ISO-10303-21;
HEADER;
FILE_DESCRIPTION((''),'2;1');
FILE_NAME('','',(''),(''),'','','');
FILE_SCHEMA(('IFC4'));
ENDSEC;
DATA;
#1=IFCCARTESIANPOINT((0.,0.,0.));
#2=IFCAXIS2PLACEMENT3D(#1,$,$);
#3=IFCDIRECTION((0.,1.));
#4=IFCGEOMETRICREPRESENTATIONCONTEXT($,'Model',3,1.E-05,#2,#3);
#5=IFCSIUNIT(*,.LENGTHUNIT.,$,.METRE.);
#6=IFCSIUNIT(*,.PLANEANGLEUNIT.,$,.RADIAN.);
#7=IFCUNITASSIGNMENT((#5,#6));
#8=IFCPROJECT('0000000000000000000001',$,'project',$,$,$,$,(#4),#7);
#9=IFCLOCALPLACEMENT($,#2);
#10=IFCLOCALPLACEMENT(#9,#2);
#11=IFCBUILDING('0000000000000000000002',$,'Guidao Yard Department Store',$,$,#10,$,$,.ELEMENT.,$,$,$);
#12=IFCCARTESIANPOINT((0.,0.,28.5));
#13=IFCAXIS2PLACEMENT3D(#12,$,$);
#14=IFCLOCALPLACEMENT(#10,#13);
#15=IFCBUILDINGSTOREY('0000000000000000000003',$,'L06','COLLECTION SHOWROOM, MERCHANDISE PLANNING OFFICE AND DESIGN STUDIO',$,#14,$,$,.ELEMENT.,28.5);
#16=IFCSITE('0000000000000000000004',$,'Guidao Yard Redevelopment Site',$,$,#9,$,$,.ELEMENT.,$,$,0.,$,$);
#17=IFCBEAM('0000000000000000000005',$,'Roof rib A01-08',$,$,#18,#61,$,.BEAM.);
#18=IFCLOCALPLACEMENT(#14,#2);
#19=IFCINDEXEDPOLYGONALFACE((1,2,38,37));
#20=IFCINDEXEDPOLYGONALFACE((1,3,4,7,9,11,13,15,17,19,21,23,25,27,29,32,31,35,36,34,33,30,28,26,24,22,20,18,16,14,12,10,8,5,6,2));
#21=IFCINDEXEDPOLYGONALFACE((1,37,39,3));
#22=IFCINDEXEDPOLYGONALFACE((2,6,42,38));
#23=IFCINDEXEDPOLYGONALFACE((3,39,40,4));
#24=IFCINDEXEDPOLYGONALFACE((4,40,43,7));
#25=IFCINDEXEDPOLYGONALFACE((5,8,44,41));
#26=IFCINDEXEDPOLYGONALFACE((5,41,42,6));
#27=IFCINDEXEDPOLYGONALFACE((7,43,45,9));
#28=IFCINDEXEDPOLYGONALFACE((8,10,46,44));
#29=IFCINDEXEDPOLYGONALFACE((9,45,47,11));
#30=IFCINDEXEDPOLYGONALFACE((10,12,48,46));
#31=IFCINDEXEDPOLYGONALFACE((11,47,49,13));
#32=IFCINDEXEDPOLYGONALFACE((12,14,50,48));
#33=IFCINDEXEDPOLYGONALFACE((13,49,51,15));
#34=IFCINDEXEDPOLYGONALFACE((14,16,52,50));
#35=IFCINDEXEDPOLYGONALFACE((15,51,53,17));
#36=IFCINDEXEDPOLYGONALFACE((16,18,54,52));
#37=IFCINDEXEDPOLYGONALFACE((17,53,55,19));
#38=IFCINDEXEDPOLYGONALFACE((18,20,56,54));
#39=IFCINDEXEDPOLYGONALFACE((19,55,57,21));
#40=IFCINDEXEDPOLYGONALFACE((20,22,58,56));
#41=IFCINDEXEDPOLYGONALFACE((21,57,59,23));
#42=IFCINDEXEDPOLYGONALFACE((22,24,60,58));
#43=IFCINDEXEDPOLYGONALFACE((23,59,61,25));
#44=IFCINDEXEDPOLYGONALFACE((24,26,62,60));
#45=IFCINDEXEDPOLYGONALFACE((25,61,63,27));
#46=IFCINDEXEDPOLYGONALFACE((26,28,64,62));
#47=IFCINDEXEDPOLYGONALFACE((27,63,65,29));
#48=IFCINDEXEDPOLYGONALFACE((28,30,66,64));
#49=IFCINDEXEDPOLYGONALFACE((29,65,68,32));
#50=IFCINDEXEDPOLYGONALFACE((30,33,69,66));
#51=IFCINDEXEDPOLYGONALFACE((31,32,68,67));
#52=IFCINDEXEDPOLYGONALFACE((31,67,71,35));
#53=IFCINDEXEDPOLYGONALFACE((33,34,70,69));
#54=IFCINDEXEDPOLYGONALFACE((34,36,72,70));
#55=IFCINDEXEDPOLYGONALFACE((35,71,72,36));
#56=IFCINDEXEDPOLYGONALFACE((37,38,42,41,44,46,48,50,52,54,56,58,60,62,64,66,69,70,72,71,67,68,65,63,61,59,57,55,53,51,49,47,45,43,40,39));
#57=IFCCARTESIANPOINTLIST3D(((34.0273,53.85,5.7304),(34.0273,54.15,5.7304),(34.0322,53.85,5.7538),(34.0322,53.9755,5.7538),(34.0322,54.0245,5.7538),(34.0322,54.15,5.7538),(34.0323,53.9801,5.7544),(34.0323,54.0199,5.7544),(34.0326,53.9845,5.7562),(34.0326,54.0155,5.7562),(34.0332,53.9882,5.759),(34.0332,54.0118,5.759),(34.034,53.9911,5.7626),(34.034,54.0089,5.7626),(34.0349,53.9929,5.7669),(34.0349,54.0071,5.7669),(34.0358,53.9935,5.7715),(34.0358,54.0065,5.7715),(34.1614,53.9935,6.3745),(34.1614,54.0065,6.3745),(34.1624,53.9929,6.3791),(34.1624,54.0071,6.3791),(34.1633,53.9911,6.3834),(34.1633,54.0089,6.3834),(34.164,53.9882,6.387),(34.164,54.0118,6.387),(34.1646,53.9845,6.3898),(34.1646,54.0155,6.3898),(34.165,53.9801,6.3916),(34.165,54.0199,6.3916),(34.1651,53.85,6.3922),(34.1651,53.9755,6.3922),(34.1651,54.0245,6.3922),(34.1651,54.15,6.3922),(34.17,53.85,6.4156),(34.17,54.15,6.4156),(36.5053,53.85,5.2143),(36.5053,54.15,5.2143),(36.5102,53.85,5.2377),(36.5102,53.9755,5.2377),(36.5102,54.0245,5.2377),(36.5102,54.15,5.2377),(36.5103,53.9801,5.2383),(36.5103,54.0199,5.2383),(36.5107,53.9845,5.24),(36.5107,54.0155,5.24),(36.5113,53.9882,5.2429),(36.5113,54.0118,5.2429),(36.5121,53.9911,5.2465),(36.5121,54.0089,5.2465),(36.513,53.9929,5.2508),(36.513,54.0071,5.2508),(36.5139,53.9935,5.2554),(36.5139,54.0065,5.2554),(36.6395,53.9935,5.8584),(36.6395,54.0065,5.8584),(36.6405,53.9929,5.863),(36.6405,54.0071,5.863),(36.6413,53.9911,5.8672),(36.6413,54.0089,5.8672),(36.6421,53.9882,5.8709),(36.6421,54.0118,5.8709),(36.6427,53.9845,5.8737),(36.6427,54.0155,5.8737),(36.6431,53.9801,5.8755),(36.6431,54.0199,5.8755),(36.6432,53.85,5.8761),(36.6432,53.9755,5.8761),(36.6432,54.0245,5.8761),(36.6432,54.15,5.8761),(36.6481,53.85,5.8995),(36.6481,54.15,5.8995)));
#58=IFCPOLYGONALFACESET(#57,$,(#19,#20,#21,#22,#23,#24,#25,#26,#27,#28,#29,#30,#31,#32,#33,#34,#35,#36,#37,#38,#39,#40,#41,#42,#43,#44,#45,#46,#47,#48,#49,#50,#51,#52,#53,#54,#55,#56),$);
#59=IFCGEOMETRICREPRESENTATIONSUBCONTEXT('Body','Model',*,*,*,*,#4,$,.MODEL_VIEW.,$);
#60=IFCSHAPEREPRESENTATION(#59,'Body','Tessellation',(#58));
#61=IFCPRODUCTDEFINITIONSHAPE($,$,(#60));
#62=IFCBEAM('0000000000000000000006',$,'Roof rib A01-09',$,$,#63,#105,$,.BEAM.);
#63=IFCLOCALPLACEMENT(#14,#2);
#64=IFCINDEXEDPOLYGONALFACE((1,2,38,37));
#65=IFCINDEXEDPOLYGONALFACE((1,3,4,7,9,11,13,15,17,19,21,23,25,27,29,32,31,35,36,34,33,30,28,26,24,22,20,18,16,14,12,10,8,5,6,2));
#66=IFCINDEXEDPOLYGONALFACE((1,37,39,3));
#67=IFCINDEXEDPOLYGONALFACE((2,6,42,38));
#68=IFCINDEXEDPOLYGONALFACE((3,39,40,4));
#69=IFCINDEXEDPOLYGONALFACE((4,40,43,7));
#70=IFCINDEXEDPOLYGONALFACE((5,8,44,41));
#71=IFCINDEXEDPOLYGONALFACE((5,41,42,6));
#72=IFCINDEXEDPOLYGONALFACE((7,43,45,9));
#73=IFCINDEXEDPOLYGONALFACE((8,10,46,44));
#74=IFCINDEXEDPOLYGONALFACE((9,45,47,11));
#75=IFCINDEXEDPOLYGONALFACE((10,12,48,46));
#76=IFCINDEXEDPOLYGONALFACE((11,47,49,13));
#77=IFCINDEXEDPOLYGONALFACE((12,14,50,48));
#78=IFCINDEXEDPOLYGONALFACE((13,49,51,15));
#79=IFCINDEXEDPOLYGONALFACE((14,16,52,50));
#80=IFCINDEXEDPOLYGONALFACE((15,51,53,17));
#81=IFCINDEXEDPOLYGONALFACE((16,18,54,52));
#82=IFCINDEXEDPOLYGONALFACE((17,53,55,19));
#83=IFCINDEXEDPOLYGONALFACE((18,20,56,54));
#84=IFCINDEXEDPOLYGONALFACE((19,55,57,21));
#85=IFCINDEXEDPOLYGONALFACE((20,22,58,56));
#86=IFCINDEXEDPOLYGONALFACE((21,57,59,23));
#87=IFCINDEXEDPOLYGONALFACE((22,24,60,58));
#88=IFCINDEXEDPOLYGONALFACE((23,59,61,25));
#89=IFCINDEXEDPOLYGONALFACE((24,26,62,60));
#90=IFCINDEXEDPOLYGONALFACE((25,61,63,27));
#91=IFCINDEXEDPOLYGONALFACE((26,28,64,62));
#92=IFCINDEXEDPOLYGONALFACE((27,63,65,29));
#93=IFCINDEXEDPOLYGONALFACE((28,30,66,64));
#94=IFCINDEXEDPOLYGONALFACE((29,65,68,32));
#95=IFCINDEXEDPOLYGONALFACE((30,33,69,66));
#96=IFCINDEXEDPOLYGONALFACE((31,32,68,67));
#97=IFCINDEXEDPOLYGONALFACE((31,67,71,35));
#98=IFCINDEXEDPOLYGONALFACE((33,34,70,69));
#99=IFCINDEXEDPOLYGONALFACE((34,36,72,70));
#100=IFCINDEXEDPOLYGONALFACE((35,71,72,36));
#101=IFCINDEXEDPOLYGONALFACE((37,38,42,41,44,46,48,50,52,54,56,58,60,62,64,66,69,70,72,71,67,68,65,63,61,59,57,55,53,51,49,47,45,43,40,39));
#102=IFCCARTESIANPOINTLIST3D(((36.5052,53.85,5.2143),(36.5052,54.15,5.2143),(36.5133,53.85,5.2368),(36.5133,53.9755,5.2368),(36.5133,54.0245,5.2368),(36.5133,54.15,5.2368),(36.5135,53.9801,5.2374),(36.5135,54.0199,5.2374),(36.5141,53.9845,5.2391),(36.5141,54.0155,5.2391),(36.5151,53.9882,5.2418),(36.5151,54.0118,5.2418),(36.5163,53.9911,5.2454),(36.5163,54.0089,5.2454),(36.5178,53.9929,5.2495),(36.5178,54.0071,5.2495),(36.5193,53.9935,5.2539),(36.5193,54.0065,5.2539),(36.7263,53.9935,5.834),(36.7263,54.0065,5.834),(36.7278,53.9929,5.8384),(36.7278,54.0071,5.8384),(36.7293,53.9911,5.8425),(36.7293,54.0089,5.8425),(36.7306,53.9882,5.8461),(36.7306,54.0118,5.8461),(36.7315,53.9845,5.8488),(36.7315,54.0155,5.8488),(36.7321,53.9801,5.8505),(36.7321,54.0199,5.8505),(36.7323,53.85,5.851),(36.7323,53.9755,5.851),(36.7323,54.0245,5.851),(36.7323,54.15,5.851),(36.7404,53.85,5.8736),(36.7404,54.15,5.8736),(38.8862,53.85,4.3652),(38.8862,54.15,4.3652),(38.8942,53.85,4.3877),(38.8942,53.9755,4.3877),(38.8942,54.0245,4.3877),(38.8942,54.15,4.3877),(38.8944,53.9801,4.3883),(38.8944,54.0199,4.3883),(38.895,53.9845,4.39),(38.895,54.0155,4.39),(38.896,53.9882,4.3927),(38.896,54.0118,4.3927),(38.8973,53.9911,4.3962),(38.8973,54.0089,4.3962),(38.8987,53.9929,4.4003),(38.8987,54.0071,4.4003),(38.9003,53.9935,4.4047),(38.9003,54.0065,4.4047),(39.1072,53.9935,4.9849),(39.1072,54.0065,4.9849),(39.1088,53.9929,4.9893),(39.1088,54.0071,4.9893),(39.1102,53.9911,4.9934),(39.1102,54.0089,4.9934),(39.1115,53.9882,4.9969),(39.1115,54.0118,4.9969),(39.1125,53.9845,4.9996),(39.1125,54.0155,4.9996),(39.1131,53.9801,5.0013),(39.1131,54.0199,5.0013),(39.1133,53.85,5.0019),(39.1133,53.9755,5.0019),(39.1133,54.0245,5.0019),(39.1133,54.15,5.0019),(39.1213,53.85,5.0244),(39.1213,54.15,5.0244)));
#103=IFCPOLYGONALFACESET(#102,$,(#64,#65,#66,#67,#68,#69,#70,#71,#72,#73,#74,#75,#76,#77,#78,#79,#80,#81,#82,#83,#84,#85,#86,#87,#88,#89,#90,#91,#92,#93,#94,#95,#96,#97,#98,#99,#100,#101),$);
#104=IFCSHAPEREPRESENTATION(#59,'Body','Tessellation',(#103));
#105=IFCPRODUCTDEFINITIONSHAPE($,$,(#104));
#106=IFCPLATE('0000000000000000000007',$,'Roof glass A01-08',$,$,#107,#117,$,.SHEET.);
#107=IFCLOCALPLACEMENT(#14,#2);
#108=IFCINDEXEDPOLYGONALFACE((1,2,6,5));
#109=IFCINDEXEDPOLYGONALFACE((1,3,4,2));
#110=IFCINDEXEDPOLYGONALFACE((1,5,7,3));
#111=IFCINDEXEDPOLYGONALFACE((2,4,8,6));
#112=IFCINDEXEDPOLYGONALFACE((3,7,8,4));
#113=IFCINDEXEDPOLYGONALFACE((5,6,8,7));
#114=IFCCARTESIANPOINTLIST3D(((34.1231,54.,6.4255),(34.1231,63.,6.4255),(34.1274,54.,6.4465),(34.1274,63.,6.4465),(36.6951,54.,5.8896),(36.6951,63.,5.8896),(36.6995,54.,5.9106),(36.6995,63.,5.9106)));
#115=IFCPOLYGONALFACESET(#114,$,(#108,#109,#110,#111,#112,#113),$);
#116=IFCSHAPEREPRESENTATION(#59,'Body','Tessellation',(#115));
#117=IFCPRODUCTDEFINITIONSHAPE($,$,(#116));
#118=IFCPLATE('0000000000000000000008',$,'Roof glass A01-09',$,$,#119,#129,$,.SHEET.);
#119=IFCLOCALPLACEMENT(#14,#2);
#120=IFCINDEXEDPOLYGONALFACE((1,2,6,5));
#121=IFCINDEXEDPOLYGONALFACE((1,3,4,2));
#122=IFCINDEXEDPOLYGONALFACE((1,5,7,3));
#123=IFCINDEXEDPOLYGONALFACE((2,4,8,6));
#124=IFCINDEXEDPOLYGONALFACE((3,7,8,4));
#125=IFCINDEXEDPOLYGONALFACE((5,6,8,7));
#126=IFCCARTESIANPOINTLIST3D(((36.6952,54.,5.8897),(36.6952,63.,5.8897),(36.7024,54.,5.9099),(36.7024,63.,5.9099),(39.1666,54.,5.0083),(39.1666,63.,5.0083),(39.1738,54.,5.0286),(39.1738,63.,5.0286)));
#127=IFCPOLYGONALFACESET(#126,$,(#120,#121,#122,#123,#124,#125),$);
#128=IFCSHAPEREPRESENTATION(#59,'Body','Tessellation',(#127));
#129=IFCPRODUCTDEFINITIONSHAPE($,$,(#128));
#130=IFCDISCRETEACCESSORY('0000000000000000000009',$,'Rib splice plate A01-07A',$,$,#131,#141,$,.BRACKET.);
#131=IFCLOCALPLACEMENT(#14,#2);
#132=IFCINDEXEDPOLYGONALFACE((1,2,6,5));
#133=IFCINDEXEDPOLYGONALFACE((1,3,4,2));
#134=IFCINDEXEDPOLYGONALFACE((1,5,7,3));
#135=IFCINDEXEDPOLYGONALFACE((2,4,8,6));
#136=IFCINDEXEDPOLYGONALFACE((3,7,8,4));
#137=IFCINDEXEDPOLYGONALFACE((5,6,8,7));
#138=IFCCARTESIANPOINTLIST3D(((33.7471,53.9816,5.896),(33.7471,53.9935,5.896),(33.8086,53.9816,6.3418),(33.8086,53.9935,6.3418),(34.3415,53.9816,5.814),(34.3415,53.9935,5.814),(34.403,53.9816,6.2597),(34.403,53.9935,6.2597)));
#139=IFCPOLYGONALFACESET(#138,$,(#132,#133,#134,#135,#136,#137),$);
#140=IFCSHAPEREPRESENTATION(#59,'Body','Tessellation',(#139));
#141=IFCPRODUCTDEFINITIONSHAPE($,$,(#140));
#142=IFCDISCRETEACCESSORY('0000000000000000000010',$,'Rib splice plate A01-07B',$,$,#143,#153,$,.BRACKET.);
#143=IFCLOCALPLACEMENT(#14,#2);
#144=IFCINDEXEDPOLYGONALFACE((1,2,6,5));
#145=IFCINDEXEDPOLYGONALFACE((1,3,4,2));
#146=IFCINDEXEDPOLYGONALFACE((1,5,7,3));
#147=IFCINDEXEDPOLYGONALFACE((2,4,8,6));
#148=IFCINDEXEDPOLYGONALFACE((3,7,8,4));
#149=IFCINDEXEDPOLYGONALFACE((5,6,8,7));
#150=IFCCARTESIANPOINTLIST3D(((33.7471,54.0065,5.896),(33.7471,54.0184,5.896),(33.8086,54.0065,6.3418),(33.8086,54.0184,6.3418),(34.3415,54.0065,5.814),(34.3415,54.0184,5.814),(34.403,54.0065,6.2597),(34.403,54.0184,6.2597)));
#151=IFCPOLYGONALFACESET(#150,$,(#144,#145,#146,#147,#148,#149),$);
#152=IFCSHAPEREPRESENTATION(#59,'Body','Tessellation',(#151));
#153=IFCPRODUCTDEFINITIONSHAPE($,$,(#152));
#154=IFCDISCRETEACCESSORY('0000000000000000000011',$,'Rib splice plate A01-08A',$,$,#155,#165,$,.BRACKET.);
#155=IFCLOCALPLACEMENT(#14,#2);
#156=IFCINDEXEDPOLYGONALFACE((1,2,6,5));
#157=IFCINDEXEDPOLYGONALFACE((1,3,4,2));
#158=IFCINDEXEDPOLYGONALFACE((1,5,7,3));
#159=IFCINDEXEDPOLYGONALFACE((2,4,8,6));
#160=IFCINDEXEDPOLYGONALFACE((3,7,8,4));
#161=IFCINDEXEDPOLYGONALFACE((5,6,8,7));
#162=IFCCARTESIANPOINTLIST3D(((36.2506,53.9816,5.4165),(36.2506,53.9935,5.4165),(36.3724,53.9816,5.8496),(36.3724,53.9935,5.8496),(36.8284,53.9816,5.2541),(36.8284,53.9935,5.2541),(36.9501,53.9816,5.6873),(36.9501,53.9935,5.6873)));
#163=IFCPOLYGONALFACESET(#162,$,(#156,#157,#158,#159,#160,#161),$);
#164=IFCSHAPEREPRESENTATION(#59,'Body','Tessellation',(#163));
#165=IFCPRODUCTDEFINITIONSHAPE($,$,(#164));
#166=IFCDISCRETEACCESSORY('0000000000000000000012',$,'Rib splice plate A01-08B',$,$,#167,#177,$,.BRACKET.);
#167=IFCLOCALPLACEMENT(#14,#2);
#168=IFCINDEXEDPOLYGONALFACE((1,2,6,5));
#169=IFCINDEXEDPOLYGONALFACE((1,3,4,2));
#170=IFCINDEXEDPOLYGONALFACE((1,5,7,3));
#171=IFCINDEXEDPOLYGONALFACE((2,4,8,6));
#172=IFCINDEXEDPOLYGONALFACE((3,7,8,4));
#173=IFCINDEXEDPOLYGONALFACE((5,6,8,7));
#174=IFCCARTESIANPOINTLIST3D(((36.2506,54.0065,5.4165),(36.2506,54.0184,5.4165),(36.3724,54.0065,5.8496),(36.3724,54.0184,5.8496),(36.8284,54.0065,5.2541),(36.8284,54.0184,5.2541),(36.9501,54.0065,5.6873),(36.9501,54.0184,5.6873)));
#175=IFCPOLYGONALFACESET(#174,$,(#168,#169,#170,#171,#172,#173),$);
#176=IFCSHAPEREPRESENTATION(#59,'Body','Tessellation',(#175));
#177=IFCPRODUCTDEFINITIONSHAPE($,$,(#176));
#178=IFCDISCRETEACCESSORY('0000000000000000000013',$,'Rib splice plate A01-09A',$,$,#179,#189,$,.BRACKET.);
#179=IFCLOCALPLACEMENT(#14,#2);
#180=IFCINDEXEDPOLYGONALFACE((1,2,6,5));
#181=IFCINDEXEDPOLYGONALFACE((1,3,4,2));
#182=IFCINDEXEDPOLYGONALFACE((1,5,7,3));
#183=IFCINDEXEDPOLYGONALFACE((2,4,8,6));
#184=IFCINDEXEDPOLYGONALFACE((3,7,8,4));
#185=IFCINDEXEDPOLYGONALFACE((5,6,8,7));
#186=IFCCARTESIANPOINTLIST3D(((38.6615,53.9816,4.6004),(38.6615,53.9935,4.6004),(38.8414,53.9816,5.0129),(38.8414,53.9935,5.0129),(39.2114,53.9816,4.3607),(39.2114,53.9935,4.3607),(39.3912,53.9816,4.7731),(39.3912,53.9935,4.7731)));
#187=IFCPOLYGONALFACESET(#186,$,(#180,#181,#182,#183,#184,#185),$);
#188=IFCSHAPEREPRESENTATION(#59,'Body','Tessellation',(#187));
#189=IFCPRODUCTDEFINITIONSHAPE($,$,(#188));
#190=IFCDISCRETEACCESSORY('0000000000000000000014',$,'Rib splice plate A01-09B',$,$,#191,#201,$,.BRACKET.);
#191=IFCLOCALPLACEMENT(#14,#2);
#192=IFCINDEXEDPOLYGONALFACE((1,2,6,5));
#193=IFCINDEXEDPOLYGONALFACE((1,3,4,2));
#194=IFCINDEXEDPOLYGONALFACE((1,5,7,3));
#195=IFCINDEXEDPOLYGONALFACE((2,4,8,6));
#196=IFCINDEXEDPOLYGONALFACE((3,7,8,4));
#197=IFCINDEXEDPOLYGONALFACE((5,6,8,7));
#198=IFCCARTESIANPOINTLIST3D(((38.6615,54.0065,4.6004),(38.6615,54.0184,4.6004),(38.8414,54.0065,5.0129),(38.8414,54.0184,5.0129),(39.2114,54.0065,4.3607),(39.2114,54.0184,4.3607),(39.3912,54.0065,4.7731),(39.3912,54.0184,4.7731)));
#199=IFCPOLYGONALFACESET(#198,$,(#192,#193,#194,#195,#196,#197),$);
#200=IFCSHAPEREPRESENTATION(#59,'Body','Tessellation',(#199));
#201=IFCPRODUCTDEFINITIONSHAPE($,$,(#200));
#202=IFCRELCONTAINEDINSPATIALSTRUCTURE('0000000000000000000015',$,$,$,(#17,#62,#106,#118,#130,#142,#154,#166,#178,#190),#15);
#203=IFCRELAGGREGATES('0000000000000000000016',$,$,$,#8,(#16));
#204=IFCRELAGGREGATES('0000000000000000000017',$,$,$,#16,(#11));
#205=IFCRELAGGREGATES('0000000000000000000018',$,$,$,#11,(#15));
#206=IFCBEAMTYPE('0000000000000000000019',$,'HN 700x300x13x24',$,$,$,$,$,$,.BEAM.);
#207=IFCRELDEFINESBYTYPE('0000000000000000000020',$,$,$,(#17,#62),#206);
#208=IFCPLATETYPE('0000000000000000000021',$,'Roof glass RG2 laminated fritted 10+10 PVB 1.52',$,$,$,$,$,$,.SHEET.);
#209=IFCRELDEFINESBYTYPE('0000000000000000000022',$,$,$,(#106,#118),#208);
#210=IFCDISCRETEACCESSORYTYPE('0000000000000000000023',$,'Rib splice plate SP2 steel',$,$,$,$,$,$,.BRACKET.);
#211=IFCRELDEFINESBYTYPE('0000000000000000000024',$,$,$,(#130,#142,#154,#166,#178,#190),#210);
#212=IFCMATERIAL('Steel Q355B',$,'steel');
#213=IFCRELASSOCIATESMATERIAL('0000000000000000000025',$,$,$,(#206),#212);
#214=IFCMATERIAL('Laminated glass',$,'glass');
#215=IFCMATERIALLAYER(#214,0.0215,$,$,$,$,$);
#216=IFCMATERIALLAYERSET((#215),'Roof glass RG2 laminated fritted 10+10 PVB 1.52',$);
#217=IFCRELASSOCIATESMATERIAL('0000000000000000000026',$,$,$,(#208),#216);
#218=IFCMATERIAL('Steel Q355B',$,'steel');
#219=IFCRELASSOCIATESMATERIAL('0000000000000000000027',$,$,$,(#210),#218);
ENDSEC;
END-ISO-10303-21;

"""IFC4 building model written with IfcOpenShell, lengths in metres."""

from ifc_helpers import new_model, si_unit, direction, frame, origin, origin_2d, place, context, subcontext, project, spatial, polyline, rectangle, i_section, outline, extrude, material, layer, layer_set, material_profile, profile_set, type_object, element, save


model = new_model("IFC4")

# Units and contexts
model_context = context("Model", 3, precision=1e-05, world=origin(), true_north=direction((0.0, 1.0)))
body_context = subcontext(model_context, "Body", "Model", "MODEL_VIEW")
ifc_project = project(units=[si_unit("LENGTHUNIT", "METRE"), si_unit("PLANEANGLEUNIT", "RADIAN")], contexts=[model_context])

# Site, building, storey
site_placement = place(None, origin())
site = spatial("IfcSite", under=ifc_project, at=site_placement, Name="Guidao Yard Redevelopment Site", CompositionType="ELEMENT", RefElevation=0.0)
building_placement = place(site_placement, origin())
building = spatial("IfcBuilding", under=site, at=building_placement, Name="Guidao Yard Department Store", CompositionType="ELEMENT")
storey_placement = place(building_placement, frame((0.0, 0.0, 28.5)))
storey = spatial("IfcBuildingStorey", under=building, at=storey_placement, Name="L06", Description="COLLECTION SHOWROOM, MERCHANDISE PLANNING OFFICE AND DESIGN STUDIO", CompositionType="ELEMENT", Elevation=28.5)

# Beams
ifc_material_1 = material(Name="Steel Q355B", Category="steel")
ifc_material_profile_1 = material_profile(ifc_material_1, i_section(OverallWidth=0.3, OverallDepth=0.7, WebThickness=0.0129, FlangeThickness=0.0239, FilletRadius=0.0181, at=origin_2d()), Name="HN 700x300x13x24")
ifc_profile_set_1 = profile_set([ifc_material_profile_1], Name="Steel Q355B")
beam_type = type_object("IfcBeamType", Name="HN 700x300x13x24", PredefinedType="BEAM", material=ifc_profile_set_1)
beam_1_placement = place(storey_placement, frame((34.0986, 54.0, 6.073), z_axis=(0.978992, 0.0, -0.2039), x_axis=(0.0, 1.0, 0.0)))
element("IfcBeam", 1, at=beam_1_placement, inside=storey, type_object=beam_type, Name="Roof rib A01-08", PredefinedType="BEAM", context=body_context, shape_type="SweptSolid", body=[
    extrude(i_section(OverallWidth=0.3, OverallDepth=0.7, WebThickness=0.0129, FlangeThickness=0.0239, FilletRadius=0.0181, at=origin_2d()), origin(), (0.0, 0.0, 1.0), 2.5312),
])
beam_2_placement = place(storey_placement, frame((36.6228, 54.0, 5.5439), z_axis=(0.94189, 0.0, -0.33592), x_axis=(0.0, 1.0, 0.0)))
element("IfcBeam", 2, at=beam_2_placement, inside=storey, type_object=beam_type, Name="Roof rib A01-09", PredefinedType="BEAM", context=body_context, shape_type="SweptSolid", body=[
    extrude(i_section(OverallWidth=0.3, OverallDepth=0.7, WebThickness=0.0129, FlangeThickness=0.0239, FilletRadius=0.0181, at=origin_2d()), origin(), (0.0, 0.0, 1.0), 2.5278),
])

# Plates
ifc_material_2 = material(Name="Laminated glass", Category="glass")
ifc_layer = layer(ifc_material_2, 0.0215)
ifc_layer_set = layer_set([ifc_layer], Name="Roof glass RG2 laminated fritted 10+10 PVB 1.52")
plate_type = type_object("IfcPlateType", Name="Roof glass RG2 laminated fritted 10+10 PVB 1.52", PredefinedType="SHEET", material=ifc_layer_set)
plate_1_placement = place(storey_placement, frame((34.1274, 54.0, 6.4465), z_axis=(0.203973, 0.0, 0.978977), x_axis=(0.978977, 0.0, -0.203973)))
element("IfcPlate", 3, at=plate_1_placement, inside=storey, type_object=plate_type, Name="Roof glass A01-08", PredefinedType="SHEET", context=body_context, shape_type="SweptSolid", body=[
    extrude(outline(polyline([(0.0, 0.0), (2.6273, 0.0), (2.6273, 9.0), (0.0, 9.0), (0.0, 0.0)])), origin(), (0.0, 0.0, -1.0), 0.0215),
])
plate_2_placement = place(storey_placement, frame((36.7024, 54.0, 5.9099), z_axis=(0.335894, 0.0, 0.9419), x_axis=(0.9419, 0.0, -0.335894)))
element("IfcPlate", 4, at=plate_2_placement, inside=storey, type_object=plate_type, Name="Roof glass A01-09", PredefinedType="SHEET", context=body_context, shape_type="SweptSolid", body=[
    extrude(outline(polyline([(0.0, 0.0), (2.6239, 0.0), (2.6239, 9.0), (0.0, 9.0), (0.0, 0.0)])), origin(), (0.0, 0.0, -1.0), 0.0215),
])

# Discrete accessories
ifc_material_3 = material(Name="Steel Q355B", Category="steel")
ifc_material_profile_2 = material_profile(ifc_material_3, rectangle(XDim=0.012, YDim=0.45, at=origin_2d()), Name="Splice plate 450x12")
ifc_profile_set_2 = profile_set([ifc_material_profile_2], Name="Steel Q355B")
discrete_accessory_type_1 = type_object("IfcDiscreteAccessoryType", Name="Rib splice plate SP2 steel", PredefinedType="BRACKET", material=ifc_profile_set_2)
for number, where, z_axis, x_axis, name in (
    (5, (33.7778, 53.9875, 6.1189), (0.990614, 0.0, -0.136692), (0.0, 1.0, 0.0), "Rib splice plate A01-07A"),
    (6, (33.7778, 54.0125, 6.1189), (0.990614, 0.0, -0.136692), (0.0, 1.0, 0.0), "Rib splice plate A01-07B"),
    (7, (36.3115, 53.9875, 5.6331), (0.962697, 0.0, -0.270581), (0.0, 1.0, 0.0), "Rib splice plate A01-08A"),
    (8, (36.3115, 54.0125, 5.6331), (0.962697, 0.0, -0.270581), (0.0, 1.0, 0.0), "Rib splice plate A01-08B"),
):
    element("IfcDiscreteAccessory", number, at=place(storey_placement, frame(where, z_axis=z_axis, x_axis=x_axis)), inside=storey, type_object=discrete_accessory_type_1, Name=name, PredefinedType="BRACKET", context=body_context, shape_type="SweptSolid", body=[
        extrude(rectangle(XDim=0.012, YDim=0.45, at=origin_2d()), origin(), (0.0, 0.0, 1.0), 0.6001),
    ])
for number, where, z_axis, x_axis, name in (
    (9, (38.7515, 53.9875, 4.8066), (0.916642, 0.0, -0.399708), (0.0, 1.0, 0.0), "Rib splice plate A01-09A"),
    (10, (38.7515, 54.0125, 4.8066), (0.916642, 0.0, -0.399708), (0.0, 1.0, 0.0), "Rib splice plate A01-09B"),
):
    element("IfcDiscreteAccessory", number, at=place(storey_placement, frame(where, z_axis=z_axis, x_axis=x_axis)), inside=storey, type_object=discrete_accessory_type_1, Name=name, PredefinedType="BRACKET", context=body_context, shape_type="SweptSolid", body=[
        extrude(rectangle(XDim=0.012, YDim=0.45, at=origin_2d()), origin(), (0.0, 0.0, 1.0), 0.5999),
    ])

save(model, "model.ifc")
